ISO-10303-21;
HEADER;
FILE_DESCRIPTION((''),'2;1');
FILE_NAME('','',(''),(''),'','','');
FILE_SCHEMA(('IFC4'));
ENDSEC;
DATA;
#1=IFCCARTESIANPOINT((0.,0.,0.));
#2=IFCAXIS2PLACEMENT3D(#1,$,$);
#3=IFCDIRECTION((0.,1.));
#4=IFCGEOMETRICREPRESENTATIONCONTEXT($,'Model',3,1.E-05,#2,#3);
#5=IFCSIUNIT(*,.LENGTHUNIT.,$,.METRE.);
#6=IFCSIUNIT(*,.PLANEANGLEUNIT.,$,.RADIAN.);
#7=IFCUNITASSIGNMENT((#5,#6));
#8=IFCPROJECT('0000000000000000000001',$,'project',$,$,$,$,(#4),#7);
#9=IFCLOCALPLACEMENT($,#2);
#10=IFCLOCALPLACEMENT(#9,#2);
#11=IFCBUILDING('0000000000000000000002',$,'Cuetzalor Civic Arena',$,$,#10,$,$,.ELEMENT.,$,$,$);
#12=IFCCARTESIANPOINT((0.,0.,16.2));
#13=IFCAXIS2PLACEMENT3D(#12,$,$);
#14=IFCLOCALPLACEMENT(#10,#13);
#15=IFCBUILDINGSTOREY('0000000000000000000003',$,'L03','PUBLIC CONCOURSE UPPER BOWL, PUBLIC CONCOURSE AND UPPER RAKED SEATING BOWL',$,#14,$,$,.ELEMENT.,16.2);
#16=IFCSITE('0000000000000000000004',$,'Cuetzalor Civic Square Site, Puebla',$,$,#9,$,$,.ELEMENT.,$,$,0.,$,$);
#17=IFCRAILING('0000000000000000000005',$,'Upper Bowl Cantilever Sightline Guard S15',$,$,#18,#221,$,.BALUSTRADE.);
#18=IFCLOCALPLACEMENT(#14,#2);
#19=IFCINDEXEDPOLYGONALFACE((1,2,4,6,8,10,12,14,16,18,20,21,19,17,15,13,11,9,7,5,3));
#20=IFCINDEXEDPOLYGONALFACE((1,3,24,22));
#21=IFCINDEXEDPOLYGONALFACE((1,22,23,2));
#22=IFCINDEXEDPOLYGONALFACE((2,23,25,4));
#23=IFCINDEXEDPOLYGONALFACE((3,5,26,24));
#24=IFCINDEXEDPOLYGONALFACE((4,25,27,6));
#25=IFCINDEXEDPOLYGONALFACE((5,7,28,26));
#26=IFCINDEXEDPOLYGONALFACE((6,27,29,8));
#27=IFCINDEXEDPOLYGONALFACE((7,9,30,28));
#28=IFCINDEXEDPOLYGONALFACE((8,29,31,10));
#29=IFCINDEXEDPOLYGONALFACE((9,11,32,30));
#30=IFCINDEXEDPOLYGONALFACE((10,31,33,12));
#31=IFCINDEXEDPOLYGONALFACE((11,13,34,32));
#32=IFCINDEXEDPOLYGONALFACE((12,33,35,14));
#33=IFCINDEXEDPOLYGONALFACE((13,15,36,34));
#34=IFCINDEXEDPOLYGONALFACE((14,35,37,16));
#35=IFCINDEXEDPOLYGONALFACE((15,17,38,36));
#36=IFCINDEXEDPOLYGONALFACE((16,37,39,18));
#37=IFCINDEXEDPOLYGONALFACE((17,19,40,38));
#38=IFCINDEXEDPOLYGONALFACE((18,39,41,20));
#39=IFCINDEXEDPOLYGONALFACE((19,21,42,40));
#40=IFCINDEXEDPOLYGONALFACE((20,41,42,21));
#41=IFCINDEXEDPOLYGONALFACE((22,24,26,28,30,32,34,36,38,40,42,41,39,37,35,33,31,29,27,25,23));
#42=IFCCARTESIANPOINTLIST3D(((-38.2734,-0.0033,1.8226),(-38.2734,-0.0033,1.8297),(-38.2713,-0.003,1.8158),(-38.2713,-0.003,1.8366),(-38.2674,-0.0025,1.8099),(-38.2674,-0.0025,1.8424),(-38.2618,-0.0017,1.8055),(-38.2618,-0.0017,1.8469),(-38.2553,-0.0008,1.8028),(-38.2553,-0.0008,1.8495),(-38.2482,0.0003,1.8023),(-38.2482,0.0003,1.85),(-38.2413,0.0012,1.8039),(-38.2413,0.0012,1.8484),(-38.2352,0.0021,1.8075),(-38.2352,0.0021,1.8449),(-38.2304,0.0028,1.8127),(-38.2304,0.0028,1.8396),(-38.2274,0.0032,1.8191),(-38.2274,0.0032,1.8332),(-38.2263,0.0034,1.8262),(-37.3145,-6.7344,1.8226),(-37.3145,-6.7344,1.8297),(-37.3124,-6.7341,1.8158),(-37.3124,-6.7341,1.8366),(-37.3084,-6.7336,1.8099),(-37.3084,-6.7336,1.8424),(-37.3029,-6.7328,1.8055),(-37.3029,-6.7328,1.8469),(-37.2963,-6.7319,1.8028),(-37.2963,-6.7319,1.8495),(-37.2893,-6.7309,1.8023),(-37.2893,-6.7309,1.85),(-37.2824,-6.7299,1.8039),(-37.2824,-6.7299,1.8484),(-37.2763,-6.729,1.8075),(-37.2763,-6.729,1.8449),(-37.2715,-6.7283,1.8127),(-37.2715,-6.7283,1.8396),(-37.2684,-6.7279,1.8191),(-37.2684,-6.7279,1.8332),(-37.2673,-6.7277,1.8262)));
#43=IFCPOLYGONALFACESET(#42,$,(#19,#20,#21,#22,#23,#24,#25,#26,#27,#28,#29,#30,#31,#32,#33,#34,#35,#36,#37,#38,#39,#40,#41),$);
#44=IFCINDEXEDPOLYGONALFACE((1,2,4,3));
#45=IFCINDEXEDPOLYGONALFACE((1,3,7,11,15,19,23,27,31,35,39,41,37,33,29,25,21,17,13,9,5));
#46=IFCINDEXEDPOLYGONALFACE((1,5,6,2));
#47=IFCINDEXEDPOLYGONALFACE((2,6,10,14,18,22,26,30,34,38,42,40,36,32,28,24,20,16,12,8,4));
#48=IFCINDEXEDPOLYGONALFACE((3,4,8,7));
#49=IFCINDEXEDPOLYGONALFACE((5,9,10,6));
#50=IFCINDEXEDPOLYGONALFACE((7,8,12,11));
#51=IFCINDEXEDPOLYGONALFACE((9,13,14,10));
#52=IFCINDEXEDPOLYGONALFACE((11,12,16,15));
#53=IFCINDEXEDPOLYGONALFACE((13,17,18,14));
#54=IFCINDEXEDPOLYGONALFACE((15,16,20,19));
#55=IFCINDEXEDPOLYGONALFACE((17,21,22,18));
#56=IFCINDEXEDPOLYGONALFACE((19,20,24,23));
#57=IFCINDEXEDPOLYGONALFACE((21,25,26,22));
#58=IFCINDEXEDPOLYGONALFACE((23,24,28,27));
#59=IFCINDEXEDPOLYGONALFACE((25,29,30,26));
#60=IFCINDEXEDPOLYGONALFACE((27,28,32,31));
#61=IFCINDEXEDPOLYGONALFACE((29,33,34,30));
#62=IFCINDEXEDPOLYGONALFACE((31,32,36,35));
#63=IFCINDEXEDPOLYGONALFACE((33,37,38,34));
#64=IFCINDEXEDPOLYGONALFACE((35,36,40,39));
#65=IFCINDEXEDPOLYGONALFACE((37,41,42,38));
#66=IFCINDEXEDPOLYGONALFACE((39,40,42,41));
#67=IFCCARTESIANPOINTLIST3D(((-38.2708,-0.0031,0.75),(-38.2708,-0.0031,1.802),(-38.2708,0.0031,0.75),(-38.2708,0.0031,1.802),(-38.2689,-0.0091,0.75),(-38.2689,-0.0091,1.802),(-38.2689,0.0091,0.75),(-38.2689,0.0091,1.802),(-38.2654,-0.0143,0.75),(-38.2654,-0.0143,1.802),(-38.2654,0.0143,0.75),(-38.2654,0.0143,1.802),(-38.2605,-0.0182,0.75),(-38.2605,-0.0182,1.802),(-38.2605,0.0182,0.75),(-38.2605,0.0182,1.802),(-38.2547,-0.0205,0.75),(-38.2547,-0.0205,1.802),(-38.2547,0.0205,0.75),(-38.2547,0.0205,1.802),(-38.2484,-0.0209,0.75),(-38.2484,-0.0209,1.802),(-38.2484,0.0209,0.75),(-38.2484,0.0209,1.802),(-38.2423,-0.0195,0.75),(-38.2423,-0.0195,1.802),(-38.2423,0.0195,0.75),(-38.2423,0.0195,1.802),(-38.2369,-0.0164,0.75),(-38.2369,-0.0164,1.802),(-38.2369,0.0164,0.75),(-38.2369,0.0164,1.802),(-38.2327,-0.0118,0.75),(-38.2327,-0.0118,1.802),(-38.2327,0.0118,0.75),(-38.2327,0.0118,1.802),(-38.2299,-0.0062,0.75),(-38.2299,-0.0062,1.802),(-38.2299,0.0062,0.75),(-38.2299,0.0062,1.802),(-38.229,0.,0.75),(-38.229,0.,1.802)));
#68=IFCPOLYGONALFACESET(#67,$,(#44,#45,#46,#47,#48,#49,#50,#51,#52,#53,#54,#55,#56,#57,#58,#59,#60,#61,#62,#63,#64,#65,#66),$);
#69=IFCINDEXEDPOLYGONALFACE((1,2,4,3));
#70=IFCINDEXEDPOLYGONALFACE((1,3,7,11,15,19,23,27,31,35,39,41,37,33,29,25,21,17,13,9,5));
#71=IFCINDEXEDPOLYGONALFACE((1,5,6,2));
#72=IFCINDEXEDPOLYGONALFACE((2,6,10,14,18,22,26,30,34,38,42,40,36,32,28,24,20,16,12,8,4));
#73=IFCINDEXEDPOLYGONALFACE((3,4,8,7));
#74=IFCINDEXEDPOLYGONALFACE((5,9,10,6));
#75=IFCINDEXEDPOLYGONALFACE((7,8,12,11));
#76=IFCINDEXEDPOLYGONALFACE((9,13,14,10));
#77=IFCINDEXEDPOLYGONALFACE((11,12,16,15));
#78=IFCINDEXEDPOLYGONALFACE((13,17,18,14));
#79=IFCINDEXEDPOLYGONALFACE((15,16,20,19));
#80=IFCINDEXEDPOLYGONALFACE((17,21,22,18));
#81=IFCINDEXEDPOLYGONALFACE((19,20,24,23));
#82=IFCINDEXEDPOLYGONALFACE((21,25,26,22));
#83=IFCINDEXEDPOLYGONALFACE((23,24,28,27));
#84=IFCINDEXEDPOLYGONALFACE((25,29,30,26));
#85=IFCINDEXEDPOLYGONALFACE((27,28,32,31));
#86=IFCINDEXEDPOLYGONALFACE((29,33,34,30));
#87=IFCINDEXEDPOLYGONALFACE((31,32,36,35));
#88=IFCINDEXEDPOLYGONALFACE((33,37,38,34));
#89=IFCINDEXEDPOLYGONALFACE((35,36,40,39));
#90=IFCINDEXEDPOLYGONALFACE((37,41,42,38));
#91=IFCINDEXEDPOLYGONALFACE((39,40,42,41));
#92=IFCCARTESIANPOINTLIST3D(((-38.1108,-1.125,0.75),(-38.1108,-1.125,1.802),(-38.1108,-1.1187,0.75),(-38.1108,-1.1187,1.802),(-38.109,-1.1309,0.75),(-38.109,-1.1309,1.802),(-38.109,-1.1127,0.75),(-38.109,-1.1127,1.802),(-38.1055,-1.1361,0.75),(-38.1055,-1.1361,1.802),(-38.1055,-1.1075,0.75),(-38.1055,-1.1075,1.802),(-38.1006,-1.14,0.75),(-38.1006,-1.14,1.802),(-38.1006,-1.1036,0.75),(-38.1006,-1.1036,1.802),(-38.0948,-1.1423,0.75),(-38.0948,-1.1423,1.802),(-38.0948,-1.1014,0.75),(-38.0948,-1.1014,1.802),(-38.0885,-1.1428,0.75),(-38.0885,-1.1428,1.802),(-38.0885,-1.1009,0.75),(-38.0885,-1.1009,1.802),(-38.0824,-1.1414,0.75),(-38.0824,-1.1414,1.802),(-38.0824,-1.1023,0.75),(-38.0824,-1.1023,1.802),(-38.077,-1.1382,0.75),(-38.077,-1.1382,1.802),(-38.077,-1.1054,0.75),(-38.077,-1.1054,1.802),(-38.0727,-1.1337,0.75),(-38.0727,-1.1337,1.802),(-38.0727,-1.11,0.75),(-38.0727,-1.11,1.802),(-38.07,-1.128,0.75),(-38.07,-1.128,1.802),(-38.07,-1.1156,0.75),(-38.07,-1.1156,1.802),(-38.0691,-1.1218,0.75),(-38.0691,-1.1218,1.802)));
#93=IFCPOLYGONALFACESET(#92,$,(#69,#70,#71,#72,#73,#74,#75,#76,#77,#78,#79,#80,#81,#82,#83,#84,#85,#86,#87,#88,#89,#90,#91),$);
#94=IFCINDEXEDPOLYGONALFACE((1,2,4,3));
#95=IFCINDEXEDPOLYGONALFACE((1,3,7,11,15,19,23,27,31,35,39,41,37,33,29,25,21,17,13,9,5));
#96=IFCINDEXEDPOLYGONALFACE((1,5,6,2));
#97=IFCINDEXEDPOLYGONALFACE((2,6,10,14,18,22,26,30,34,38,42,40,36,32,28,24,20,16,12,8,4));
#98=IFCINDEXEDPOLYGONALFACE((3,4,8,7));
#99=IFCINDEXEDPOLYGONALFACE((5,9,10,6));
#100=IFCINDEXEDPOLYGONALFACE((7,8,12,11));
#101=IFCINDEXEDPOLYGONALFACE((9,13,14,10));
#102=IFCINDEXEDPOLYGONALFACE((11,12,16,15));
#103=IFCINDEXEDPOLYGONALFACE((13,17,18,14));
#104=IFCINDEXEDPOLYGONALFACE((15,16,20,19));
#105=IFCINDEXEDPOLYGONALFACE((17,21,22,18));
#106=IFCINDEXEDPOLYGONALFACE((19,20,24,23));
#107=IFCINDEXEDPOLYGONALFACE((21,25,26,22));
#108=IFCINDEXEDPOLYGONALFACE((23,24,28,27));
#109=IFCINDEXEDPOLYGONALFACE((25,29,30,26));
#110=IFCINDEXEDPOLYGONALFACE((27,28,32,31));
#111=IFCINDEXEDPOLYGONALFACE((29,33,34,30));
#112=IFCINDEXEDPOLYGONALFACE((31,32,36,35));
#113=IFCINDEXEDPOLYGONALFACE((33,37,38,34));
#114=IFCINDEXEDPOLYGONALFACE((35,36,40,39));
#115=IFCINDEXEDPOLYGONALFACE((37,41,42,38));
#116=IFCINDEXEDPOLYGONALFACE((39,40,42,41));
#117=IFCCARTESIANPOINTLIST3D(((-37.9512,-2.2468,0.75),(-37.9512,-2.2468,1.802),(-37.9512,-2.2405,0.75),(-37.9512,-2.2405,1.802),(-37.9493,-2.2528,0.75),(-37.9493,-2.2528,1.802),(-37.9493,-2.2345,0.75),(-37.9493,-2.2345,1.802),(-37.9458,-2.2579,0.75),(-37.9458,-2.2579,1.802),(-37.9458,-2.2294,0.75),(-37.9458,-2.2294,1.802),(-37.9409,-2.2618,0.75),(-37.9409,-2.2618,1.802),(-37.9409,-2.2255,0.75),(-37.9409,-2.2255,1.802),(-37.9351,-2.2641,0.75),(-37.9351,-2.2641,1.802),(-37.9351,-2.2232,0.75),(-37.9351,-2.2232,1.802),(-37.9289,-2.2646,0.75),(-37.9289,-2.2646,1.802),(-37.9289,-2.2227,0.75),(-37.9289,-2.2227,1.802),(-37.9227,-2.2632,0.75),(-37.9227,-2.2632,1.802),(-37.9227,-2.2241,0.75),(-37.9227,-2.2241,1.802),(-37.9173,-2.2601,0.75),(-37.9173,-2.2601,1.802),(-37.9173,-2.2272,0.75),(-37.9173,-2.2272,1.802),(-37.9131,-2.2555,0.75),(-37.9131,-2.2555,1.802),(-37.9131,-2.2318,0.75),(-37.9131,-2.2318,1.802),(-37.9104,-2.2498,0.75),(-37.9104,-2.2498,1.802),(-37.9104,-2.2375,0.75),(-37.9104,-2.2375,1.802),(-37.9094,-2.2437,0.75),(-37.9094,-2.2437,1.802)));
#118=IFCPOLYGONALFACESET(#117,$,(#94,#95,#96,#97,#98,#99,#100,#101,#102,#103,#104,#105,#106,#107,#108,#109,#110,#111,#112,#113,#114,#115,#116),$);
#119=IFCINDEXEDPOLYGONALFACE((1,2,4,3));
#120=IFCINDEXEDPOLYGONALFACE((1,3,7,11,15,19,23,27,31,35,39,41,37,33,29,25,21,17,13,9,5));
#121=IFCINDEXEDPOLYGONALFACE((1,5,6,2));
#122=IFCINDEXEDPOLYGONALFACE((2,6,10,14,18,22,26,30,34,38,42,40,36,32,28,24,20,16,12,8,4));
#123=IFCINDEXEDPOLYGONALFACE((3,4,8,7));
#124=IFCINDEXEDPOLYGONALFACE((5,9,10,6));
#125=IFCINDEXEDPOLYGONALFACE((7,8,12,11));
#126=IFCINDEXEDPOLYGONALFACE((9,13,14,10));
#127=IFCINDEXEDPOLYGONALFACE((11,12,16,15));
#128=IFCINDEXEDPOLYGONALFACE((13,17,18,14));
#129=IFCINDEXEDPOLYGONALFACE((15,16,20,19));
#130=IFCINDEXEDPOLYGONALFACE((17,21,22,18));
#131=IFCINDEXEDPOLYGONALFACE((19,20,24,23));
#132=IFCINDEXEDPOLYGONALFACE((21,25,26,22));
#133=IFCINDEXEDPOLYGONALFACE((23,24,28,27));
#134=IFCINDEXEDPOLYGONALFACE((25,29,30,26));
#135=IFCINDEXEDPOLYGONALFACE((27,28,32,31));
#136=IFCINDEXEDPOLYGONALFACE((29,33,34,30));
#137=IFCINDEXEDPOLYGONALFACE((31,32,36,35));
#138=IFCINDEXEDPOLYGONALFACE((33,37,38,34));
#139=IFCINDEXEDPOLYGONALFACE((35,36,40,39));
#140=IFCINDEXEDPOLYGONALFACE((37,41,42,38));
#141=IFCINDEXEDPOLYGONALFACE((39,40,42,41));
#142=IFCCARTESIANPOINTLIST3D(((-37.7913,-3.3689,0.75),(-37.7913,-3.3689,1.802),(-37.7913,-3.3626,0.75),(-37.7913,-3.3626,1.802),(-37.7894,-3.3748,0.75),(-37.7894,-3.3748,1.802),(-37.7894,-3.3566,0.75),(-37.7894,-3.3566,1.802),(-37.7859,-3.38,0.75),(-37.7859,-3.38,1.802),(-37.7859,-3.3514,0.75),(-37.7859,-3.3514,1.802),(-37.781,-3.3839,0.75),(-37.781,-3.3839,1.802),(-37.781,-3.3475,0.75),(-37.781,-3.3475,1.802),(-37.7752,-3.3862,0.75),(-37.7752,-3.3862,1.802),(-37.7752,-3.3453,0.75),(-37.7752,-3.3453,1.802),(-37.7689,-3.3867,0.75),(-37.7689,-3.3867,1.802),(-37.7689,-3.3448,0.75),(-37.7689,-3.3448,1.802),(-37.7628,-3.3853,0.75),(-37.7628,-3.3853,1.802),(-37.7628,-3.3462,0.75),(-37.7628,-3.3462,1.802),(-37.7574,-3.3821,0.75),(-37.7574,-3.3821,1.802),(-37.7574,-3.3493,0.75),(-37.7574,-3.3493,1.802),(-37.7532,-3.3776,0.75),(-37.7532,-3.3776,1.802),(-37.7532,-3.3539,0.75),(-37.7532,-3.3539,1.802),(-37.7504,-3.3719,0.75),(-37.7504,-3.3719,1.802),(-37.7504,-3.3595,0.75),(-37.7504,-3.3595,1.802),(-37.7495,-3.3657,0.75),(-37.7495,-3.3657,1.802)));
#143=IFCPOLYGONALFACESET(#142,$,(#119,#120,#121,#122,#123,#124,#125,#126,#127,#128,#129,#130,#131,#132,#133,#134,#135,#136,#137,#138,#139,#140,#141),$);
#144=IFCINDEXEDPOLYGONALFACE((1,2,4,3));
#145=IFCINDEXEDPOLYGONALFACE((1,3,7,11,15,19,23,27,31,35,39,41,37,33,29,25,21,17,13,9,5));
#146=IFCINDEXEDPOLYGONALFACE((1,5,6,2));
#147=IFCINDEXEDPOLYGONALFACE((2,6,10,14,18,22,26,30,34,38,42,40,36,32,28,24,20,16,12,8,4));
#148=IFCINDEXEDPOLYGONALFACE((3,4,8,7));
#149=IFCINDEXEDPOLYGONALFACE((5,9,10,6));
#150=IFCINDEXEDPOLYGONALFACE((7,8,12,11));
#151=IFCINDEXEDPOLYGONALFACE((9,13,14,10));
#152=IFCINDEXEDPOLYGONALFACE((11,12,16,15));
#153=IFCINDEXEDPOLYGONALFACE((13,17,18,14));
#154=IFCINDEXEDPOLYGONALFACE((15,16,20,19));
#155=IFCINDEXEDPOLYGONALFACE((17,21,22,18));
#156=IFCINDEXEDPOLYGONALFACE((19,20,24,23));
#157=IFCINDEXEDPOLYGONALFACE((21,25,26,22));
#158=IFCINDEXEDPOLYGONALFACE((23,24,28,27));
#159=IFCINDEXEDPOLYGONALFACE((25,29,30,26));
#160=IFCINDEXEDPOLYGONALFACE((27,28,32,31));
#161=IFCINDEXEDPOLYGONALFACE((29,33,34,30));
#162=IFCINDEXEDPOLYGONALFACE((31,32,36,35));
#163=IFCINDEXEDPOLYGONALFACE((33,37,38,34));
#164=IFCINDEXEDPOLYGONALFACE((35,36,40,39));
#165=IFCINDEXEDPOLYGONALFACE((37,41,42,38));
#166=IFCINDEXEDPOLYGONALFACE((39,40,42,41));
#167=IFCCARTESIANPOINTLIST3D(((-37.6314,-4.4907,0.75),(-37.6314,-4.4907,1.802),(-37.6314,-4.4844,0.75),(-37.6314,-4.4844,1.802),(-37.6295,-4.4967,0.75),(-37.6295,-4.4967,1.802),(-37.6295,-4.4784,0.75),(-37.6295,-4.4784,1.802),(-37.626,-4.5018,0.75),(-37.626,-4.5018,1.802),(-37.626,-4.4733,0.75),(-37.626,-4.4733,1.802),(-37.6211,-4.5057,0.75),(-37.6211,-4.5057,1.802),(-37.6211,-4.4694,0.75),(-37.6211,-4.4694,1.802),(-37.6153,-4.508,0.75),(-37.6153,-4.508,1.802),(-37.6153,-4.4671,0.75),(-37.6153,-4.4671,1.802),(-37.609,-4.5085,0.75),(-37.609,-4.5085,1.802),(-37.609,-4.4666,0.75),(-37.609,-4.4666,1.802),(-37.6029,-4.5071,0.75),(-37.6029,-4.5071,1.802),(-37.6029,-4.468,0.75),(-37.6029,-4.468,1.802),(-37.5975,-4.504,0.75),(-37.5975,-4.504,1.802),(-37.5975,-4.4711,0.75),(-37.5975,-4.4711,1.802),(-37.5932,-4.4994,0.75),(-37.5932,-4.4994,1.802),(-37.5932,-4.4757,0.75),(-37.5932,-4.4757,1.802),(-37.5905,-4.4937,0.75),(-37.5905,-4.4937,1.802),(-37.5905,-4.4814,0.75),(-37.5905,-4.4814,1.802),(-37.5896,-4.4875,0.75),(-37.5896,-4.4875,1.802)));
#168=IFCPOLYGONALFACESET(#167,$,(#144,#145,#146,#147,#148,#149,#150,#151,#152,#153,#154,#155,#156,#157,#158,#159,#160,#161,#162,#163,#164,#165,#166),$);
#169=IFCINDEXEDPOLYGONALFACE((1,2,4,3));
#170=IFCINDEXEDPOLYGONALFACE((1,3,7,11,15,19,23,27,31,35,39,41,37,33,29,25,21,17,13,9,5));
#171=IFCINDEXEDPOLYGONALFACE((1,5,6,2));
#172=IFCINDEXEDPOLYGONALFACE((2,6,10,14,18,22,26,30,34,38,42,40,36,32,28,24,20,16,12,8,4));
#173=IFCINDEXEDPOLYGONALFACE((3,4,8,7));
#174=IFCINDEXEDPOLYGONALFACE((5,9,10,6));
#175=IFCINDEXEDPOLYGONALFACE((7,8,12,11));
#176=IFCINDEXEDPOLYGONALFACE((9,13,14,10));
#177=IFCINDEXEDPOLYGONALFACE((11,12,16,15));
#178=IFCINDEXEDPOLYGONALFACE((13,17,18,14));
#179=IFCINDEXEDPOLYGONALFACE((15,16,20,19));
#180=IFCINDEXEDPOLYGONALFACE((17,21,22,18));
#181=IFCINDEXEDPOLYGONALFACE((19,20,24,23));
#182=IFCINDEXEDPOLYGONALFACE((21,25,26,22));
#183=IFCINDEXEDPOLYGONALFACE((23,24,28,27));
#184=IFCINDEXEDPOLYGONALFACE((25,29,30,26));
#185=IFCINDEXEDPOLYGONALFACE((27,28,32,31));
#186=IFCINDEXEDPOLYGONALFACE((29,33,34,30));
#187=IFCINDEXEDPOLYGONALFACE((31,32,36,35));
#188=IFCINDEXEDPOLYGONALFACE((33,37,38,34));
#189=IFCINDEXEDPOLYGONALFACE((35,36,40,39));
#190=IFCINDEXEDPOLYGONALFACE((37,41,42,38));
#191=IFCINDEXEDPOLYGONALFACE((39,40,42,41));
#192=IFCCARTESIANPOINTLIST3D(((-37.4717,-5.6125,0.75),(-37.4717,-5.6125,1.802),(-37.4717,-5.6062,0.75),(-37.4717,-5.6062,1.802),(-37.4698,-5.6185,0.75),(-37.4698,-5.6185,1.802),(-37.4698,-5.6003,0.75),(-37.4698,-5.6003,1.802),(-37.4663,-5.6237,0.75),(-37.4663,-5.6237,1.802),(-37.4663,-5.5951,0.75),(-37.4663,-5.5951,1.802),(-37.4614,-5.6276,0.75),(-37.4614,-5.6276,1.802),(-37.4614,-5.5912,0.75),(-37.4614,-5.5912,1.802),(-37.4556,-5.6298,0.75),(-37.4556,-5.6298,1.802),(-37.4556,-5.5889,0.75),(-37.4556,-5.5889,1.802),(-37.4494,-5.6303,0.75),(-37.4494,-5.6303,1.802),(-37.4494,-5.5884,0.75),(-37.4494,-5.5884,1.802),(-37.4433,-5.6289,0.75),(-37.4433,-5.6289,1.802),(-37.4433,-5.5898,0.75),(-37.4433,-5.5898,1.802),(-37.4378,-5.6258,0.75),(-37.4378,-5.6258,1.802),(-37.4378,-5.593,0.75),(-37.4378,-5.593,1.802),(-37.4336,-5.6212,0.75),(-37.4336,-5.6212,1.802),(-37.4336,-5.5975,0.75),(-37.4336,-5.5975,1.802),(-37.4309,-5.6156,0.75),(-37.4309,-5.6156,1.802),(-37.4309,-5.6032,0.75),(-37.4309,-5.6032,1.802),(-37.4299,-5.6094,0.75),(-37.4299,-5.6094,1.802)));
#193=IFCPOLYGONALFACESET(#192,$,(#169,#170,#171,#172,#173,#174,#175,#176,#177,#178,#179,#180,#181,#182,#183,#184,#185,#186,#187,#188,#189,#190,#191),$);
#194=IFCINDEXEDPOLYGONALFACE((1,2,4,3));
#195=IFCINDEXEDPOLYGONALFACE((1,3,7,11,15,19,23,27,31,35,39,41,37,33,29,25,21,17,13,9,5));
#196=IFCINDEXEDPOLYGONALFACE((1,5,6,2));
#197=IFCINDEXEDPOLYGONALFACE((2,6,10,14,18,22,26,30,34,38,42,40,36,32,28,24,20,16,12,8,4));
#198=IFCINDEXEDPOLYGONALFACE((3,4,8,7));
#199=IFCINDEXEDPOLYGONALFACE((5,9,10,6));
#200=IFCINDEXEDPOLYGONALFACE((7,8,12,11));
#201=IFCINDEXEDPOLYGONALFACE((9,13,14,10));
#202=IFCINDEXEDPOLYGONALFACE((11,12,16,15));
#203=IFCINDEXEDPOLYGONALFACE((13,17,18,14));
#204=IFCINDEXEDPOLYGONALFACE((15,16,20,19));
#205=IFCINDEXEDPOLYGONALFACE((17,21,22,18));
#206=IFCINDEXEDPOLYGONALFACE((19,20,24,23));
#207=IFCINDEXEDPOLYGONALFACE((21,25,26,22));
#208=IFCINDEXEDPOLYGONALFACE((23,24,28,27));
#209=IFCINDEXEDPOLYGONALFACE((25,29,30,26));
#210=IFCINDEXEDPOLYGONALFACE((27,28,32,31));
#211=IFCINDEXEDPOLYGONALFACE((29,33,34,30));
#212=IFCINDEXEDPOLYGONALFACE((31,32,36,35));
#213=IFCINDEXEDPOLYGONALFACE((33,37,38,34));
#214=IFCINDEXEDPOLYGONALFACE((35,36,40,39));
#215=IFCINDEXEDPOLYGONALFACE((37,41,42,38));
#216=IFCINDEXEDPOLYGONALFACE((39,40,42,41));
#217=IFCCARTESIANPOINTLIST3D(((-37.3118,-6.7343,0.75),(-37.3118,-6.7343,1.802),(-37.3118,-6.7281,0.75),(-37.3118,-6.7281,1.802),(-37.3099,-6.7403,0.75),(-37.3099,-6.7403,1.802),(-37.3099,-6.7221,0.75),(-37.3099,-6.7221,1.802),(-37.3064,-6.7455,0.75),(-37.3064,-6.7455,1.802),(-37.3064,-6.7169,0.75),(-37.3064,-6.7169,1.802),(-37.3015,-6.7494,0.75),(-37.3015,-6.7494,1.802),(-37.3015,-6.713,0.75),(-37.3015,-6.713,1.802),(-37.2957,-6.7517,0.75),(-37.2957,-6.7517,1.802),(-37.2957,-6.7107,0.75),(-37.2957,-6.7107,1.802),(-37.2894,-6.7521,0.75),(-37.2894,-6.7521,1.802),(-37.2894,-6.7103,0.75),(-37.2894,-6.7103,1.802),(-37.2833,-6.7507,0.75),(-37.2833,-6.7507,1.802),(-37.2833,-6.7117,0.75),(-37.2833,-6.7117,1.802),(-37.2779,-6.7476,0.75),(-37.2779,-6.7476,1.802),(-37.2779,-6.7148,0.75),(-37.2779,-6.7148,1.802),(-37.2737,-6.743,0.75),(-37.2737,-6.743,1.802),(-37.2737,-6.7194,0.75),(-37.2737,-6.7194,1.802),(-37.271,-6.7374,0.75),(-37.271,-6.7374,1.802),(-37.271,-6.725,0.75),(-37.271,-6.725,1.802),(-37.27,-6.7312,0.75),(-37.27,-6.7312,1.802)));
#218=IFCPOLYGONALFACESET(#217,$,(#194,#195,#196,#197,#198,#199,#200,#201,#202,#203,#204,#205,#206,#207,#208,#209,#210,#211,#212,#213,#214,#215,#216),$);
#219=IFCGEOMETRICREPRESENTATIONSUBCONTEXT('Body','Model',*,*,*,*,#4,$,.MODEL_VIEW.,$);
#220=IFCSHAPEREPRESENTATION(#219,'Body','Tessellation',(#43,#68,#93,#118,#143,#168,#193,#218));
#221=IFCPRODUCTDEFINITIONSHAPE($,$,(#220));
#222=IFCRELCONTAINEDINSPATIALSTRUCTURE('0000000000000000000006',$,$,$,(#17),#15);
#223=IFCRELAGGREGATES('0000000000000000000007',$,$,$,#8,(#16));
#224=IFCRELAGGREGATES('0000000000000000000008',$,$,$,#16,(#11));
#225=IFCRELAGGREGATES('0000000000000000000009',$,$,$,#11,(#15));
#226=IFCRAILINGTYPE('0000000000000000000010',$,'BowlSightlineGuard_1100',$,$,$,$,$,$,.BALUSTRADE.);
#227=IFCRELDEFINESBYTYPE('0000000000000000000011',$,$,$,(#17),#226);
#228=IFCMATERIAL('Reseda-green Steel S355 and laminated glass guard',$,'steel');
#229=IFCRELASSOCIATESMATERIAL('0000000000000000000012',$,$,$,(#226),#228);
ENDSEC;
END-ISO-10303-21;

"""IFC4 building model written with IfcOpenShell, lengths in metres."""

from ifc_helpers import new_model, si_unit, direction, frame, origin, origin_2d, place, context, subcontext, project, spatial, circle, extrude, material, type_object, element, save


model = new_model("IFC4")

# Units and contexts
model_context = context("Model", 3, precision=1e-05, world=origin(), true_north=direction((0.0, 1.0)))
body_context = subcontext(model_context, "Body", "Model", "MODEL_VIEW")
ifc_project = project(units=[si_unit("LENGTHUNIT", "METRE"), si_unit("PLANEANGLEUNIT", "RADIAN")], contexts=[model_context])

# Site, building, storey
site_placement = place(None, origin())
site = spatial("IfcSite", under=ifc_project, at=site_placement, Name="Cuetzalor Civic Square Site, Puebla", CompositionType="ELEMENT", RefElevation=0.0)
building_placement = place(site_placement, origin())
building = spatial("IfcBuilding", under=site, at=building_placement, Name="Cuetzalor Civic Arena", CompositionType="ELEMENT")
storey_placement = place(building_placement, frame((0.0, 0.0, 16.2)))
storey = spatial("IfcBuildingStorey", under=building, at=storey_placement, Name="L03", Description="PUBLIC CONCOURSE UPPER BOWL, PUBLIC CONCOURSE AND UPPER RAKED SEATING BOWL", CompositionType="ELEMENT", Elevation=16.2)

# Railing
ifc_material_1 = material(Name="Reseda-green Steel S355 and laminated glass guard", Category="steel")
railing_type = type_object("IfcRailingType", Name="BowlSightlineGuard_1100", PredefinedType="BALUSTRADE", material=ifc_material_1)
railing_1_placement = place(storey_placement, frame((-38.25, 0.0, 0.75)))
element("IfcRailing", 1, at=railing_1_placement, inside=storey, type_object=railing_type, Name="Upper Bowl Cantilever Sightline Guard S15", PredefinedType="BALUSTRADE", context=body_context, shape_type="SweptSolid", body=[
    extrude(circle(Radius=0.0239, at=origin_2d()), frame((0.0, 0.0, 1.0762), z_axis=(0.141044, -0.990003, 0.0), x_axis=(0.990003, 0.141044, 0.0)), (0.0, 0.0, 1.0), 6.7991),
    extrude(circle(Radius=0.021, at=origin_2d()), origin(), (0.0, 0.0, 1.0), 1.052),
    extrude(circle(Radius=0.021, at=origin_2d()), frame((0.1599, -1.1218, 0.0)), (0.0, 0.0, 1.0), 1.052),
    extrude(circle(Radius=0.021, at=origin_2d()), frame((0.3196, -2.2437, 0.0)), (0.0, 0.0, 1.0), 1.052),
    extrude(circle(Radius=0.021, at=origin_2d()), frame((0.4795, -3.3657, 0.0)), (0.0, 0.0, 1.0), 1.052),
    extrude(circle(Radius=0.021, at=origin_2d()), frame((0.6394, -4.4875, 0.0)), (0.0, 0.0, 1.0), 1.052),
    extrude(circle(Radius=0.021, at=origin_2d()), frame((0.7991, -5.6094, 0.0)), (0.0, 0.0, 1.0), 1.052),
    extrude(circle(Radius=0.021, at=origin_2d()), frame((0.959, -6.7312, 0.0)), (0.0, 0.0, 1.0), 1.052),
])

save(model, "model.ifc")
